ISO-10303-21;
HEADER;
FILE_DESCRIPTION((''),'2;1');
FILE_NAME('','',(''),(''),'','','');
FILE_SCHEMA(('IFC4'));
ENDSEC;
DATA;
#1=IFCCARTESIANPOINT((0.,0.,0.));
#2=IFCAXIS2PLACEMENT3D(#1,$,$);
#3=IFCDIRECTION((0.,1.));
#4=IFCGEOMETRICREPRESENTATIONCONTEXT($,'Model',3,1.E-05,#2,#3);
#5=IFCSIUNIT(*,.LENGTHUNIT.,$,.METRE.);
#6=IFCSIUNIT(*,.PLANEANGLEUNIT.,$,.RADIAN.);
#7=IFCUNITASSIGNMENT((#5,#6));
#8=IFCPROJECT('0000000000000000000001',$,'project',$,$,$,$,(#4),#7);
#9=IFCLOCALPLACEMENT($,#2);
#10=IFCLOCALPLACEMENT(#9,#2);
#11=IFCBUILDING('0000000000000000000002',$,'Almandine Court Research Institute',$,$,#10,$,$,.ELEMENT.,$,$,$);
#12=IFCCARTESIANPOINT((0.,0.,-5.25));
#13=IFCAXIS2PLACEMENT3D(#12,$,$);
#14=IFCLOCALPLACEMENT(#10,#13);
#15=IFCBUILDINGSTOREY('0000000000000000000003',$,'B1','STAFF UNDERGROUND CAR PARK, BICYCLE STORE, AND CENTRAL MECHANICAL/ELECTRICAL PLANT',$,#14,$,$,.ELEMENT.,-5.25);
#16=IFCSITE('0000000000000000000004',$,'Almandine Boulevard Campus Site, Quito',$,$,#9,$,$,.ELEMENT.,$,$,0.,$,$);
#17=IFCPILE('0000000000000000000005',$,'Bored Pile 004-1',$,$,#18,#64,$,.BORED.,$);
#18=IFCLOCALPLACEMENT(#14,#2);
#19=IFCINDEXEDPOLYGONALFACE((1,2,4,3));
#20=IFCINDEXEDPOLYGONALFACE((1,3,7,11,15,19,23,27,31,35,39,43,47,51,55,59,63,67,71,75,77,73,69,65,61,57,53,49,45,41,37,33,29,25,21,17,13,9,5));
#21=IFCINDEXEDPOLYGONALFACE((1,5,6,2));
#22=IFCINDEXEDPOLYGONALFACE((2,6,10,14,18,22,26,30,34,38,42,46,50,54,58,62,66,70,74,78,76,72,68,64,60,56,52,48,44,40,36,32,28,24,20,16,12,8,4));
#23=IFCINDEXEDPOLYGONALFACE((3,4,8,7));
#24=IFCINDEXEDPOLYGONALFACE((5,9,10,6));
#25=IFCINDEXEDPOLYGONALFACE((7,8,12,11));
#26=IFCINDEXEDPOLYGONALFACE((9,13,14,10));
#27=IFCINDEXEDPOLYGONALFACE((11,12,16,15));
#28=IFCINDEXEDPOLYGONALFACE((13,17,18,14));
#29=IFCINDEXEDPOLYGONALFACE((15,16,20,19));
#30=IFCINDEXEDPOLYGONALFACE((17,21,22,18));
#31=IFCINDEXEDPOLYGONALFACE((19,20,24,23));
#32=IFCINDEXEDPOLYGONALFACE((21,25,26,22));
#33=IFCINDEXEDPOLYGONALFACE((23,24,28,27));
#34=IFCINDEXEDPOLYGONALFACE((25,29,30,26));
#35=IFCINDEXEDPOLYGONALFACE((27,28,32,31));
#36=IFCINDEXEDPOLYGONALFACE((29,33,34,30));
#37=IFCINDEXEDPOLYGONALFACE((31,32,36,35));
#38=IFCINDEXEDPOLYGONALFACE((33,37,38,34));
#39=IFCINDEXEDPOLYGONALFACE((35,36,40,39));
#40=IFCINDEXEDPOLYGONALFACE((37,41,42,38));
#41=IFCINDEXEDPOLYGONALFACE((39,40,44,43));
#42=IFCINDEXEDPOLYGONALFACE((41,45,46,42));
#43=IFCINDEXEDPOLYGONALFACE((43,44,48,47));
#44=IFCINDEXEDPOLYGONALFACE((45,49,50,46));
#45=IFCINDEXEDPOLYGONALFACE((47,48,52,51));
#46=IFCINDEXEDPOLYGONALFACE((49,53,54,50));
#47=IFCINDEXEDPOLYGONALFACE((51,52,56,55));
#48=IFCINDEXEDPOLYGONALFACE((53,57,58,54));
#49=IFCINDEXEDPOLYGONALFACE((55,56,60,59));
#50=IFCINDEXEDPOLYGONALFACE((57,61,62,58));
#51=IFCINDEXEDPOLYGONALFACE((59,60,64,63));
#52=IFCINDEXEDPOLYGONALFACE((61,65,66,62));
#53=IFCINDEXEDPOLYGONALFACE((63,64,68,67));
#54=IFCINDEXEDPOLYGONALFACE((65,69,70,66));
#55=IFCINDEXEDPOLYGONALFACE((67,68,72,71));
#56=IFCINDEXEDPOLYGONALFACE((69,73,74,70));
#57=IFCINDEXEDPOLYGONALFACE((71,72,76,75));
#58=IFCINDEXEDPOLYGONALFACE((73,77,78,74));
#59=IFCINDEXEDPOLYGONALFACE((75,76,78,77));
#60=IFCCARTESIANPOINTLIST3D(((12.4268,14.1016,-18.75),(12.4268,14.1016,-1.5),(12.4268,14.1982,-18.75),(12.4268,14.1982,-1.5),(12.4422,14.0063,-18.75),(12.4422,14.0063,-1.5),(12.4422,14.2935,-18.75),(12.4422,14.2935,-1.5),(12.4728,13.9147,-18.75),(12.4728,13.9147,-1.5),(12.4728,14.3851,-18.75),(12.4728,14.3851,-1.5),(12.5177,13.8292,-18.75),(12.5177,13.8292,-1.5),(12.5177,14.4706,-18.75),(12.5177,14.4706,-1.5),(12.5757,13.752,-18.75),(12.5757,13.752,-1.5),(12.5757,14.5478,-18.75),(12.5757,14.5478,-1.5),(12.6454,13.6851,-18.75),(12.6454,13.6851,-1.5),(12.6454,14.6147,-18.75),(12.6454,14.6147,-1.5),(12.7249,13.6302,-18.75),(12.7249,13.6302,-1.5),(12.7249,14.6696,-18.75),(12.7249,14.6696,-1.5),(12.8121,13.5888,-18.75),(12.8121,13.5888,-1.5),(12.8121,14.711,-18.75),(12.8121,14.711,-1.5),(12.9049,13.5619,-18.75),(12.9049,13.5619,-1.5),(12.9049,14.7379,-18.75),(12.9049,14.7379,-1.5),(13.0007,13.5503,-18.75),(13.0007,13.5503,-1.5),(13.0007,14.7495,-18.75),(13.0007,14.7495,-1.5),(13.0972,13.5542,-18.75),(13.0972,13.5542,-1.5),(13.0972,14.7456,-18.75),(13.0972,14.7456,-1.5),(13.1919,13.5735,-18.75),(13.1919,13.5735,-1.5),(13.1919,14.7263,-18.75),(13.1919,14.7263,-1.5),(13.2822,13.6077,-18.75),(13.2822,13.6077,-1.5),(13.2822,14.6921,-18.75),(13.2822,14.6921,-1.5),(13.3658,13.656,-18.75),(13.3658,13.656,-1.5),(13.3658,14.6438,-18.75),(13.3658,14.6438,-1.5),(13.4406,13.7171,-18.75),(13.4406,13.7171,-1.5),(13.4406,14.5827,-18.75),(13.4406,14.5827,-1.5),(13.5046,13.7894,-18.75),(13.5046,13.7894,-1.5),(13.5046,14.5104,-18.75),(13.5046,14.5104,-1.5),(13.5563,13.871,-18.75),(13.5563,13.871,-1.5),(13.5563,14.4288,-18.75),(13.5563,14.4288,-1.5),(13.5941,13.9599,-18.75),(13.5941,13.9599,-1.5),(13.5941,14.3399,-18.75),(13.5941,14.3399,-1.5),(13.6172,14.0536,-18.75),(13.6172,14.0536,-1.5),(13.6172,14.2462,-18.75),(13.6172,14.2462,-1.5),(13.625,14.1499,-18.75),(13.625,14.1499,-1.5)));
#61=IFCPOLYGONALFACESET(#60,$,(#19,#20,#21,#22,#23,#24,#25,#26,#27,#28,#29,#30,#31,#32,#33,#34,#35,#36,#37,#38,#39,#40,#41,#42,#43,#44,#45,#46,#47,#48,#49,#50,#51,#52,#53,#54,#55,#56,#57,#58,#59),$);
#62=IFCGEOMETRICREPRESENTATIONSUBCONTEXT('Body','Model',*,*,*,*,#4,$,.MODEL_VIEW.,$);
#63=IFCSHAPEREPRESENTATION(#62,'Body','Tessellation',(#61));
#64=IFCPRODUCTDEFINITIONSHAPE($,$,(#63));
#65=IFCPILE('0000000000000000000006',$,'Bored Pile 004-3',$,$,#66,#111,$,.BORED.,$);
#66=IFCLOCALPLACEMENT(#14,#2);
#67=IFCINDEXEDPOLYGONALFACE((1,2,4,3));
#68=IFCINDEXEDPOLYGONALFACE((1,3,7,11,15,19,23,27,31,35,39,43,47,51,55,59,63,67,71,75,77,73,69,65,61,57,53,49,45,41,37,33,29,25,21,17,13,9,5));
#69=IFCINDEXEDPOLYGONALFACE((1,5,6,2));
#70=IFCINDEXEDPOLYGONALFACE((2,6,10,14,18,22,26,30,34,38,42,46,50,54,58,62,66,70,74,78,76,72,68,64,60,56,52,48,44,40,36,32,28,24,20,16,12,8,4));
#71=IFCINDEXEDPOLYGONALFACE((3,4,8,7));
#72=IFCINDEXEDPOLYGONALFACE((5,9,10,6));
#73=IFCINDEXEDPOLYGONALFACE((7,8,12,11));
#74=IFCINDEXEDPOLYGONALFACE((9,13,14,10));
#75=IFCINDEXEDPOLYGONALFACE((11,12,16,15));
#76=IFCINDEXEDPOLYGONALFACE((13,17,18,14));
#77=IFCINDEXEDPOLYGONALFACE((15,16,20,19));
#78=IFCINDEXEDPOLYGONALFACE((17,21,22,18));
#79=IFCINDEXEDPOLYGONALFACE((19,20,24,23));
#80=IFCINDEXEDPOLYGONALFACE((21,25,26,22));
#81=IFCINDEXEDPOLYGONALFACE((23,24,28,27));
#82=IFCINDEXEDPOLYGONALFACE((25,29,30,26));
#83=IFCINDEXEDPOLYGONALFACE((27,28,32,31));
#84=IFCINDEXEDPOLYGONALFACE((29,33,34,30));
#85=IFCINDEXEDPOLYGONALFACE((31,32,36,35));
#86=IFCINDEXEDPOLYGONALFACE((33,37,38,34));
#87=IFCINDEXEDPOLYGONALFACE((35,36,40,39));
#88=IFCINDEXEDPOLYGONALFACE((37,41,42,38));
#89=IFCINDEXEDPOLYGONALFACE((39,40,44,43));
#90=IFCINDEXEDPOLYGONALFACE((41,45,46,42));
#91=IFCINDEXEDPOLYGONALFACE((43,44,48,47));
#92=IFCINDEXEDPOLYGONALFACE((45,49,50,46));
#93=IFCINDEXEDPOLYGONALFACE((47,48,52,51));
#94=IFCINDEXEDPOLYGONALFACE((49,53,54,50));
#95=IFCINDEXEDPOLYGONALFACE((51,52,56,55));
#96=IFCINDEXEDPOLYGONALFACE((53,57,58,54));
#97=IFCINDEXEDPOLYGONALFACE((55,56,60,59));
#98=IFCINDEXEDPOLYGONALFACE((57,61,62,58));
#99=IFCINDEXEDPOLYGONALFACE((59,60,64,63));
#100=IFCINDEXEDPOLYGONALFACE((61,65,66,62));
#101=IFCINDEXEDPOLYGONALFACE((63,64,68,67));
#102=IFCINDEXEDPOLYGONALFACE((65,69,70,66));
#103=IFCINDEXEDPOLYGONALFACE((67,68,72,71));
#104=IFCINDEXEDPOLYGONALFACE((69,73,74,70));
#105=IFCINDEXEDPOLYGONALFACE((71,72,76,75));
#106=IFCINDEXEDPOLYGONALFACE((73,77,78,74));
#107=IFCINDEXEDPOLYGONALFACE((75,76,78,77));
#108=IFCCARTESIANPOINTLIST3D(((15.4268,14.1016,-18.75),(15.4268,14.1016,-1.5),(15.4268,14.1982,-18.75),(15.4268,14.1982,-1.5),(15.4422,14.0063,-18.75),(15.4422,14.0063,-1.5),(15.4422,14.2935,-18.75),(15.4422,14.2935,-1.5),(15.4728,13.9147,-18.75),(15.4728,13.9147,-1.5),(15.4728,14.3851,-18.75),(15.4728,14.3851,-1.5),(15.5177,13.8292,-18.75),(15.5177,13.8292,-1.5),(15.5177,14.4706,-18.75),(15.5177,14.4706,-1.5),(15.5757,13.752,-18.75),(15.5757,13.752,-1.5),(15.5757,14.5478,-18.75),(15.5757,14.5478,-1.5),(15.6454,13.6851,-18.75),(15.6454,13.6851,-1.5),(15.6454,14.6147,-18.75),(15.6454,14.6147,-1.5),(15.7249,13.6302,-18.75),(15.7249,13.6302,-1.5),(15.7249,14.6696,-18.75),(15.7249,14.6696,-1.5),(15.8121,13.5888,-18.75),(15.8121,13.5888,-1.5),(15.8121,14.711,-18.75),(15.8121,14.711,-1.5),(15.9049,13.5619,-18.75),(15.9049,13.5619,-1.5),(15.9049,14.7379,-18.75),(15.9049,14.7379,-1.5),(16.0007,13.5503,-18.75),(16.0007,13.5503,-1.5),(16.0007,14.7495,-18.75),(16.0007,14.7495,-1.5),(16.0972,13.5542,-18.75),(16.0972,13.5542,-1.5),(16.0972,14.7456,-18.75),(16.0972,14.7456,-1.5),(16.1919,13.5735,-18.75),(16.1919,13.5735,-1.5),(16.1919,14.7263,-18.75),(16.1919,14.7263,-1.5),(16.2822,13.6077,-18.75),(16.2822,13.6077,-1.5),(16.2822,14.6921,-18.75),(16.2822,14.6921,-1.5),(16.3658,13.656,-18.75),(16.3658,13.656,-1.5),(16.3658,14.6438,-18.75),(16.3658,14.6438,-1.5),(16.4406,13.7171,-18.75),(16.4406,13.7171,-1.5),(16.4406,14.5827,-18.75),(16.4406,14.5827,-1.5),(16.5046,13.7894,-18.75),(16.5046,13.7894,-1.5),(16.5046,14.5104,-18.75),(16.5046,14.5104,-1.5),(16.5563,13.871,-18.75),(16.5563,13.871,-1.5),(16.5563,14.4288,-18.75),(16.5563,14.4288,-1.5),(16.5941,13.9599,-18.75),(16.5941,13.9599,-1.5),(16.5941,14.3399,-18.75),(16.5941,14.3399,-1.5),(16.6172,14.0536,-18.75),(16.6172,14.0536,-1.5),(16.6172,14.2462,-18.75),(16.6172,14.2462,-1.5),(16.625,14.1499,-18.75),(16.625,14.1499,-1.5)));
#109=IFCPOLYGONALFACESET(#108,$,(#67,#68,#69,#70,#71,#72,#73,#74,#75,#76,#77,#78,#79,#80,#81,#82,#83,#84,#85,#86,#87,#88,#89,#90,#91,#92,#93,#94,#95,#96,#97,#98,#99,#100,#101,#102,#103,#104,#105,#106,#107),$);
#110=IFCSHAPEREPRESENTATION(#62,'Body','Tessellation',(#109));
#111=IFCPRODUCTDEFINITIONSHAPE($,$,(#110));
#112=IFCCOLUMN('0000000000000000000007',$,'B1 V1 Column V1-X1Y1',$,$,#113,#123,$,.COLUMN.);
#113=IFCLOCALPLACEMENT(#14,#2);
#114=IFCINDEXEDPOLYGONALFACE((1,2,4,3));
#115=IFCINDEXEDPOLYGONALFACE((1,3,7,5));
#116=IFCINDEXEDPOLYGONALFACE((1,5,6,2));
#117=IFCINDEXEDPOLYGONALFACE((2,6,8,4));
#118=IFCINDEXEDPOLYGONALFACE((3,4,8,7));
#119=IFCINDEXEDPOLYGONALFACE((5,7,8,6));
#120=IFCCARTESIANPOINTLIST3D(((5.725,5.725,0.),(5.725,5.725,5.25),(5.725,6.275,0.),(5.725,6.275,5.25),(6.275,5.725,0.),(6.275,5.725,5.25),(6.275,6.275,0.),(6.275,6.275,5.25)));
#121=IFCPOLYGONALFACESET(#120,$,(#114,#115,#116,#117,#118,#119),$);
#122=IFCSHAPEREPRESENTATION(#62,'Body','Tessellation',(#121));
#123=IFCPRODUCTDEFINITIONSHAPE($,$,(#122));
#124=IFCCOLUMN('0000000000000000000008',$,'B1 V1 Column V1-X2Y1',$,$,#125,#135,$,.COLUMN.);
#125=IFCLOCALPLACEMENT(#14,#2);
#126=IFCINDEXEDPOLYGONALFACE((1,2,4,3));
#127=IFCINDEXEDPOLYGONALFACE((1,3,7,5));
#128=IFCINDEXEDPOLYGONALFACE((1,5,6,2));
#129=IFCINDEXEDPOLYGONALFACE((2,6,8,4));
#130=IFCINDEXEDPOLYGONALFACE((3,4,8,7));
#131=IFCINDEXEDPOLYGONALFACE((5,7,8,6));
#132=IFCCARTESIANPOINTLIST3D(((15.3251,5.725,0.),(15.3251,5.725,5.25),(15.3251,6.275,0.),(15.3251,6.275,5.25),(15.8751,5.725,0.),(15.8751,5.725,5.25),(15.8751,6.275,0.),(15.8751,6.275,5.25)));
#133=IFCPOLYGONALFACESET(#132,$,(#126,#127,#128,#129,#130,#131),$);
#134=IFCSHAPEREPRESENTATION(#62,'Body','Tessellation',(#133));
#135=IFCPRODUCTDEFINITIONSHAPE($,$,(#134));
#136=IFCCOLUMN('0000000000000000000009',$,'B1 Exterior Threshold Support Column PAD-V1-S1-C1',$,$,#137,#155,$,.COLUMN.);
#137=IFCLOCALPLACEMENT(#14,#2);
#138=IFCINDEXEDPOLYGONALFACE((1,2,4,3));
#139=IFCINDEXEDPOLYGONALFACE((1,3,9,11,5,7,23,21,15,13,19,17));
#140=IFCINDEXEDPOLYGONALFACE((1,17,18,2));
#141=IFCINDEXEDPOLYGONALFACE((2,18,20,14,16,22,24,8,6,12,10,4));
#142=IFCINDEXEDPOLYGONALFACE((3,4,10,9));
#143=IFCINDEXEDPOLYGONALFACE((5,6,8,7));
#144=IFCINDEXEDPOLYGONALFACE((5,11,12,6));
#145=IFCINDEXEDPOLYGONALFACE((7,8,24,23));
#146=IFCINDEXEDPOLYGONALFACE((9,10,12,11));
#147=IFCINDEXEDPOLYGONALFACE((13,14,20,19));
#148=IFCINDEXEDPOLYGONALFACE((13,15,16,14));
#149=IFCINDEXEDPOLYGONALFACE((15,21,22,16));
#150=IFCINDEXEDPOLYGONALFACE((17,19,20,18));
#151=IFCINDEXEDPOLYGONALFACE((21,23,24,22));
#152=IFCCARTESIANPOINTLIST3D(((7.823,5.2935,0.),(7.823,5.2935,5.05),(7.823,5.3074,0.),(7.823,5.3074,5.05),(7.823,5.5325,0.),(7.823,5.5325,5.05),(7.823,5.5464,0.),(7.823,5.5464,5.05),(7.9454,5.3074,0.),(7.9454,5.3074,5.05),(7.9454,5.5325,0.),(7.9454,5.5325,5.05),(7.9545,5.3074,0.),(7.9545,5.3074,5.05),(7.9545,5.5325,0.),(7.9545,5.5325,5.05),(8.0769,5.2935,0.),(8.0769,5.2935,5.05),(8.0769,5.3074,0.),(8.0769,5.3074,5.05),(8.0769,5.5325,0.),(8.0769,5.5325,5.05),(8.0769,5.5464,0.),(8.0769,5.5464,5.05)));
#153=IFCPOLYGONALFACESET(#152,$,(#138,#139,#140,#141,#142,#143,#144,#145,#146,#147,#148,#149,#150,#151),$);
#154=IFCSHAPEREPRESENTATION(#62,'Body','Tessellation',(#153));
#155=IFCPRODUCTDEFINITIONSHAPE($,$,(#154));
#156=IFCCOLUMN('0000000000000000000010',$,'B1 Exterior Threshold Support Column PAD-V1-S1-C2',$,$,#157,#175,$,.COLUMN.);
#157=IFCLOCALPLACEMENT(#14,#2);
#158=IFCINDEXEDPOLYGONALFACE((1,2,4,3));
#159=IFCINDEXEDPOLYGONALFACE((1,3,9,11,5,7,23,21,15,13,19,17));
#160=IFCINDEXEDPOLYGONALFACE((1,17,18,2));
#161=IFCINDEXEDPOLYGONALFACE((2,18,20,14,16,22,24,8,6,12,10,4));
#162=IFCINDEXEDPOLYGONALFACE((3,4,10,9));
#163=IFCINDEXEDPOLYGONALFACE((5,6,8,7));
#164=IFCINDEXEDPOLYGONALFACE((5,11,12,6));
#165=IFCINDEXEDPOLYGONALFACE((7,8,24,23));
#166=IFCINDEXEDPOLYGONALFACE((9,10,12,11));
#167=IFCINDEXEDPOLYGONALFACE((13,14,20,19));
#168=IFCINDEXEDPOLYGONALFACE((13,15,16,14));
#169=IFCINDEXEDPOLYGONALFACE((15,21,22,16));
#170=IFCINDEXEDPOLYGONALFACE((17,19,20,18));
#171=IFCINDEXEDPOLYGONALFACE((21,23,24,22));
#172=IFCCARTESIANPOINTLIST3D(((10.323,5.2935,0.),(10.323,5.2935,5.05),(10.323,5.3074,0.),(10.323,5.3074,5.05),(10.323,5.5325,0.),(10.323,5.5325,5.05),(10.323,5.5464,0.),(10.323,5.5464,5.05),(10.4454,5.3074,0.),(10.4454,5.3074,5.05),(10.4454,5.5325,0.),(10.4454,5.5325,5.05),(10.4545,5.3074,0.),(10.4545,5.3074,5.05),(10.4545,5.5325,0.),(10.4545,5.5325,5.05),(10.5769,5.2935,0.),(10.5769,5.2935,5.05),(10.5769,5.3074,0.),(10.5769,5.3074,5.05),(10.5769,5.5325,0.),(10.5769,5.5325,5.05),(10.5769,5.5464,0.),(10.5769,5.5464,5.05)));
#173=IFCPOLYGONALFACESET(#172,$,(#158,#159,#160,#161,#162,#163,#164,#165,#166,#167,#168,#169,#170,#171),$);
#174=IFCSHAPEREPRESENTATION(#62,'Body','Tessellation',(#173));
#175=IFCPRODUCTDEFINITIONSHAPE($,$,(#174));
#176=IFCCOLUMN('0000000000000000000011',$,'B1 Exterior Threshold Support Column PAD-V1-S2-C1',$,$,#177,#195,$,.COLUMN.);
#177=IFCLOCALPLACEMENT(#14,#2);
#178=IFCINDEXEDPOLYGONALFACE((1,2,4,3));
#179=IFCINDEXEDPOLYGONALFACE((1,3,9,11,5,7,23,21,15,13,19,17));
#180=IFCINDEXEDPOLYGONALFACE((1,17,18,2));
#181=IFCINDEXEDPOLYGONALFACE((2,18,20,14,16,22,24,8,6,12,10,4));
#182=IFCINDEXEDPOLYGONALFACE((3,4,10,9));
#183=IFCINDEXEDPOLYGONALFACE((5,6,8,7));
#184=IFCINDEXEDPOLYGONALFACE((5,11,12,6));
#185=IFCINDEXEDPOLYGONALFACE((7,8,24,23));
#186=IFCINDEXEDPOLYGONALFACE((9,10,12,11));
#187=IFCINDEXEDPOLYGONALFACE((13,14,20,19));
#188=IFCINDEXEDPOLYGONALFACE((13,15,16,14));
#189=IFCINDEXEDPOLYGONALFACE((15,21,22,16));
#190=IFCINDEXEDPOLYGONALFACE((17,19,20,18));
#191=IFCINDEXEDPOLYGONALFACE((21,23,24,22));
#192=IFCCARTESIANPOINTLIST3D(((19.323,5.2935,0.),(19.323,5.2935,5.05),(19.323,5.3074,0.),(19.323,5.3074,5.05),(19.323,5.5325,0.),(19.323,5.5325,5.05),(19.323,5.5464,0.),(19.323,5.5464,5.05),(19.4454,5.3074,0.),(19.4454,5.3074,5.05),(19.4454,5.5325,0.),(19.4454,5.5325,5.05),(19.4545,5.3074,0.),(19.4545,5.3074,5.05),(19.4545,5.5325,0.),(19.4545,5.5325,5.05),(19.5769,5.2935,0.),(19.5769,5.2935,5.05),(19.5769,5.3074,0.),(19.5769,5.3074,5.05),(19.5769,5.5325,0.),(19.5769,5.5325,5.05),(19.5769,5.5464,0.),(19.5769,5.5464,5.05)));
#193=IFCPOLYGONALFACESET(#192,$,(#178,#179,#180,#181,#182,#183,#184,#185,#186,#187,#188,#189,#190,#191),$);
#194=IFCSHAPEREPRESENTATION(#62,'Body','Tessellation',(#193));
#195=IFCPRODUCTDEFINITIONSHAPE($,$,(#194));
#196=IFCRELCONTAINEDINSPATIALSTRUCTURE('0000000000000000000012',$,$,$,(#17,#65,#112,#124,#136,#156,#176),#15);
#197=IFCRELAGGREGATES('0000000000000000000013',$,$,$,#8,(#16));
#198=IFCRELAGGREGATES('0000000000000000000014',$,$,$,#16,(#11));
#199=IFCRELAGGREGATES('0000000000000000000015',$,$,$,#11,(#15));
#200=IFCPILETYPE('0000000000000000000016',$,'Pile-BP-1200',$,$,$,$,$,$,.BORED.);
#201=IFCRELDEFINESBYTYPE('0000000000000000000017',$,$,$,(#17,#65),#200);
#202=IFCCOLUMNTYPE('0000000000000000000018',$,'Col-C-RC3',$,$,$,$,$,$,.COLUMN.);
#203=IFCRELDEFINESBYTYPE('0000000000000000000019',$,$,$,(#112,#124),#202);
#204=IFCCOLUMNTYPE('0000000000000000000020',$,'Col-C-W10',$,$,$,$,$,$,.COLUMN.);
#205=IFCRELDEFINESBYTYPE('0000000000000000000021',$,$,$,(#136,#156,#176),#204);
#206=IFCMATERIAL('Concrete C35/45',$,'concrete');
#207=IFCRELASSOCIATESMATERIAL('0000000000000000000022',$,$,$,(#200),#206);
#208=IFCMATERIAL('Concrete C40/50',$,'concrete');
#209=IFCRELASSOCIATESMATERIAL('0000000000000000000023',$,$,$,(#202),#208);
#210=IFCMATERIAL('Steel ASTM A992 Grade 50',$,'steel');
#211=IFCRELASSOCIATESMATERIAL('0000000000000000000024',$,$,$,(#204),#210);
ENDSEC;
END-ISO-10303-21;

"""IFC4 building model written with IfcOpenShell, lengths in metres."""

from ifc_helpers import new_model, si_unit, direction, frame, origin, origin_2d, place, context, subcontext, project, spatial, rectangle, circle, i_section, extrude, material, material_profile, profile_set, type_object, element, save


model = new_model("IFC4")

# Units and contexts
model_context = context("Model", 3, precision=1e-05, world=origin(), true_north=direction((0.0, 1.0)))
body_context = subcontext(model_context, "Body", "Model", "MODEL_VIEW")
ifc_project = project(units=[si_unit("LENGTHUNIT", "METRE"), si_unit("PLANEANGLEUNIT", "RADIAN")], contexts=[model_context])

# Site, building, storey
site_placement = place(None, origin())
site = spatial("IfcSite", under=ifc_project, at=site_placement, Name="Almandine Boulevard Campus Site, Quito", CompositionType="ELEMENT", RefElevation=0.0)
building_placement = place(site_placement, origin())
building = spatial("IfcBuilding", under=site, at=building_placement, Name="Almandine Court Research Institute", CompositionType="ELEMENT")
storey_placement = place(building_placement, frame((0.0, 0.0, -5.25)))
storey = spatial("IfcBuildingStorey", under=building, at=storey_placement, Name="B1", Description="STAFF UNDERGROUND CAR PARK, BICYCLE STORE, AND CENTRAL MECHANICAL/ELECTRICAL PLANT", CompositionType="ELEMENT", Elevation=-5.25)

# Piles
ifc_material_1 = material(Name="Concrete C35/45", Category="concrete")
ifc_material_profile_1 = material_profile(ifc_material_1, circle(Radius=0.6001, at=origin_2d()), Name="BORED PILE D1200")
ifc_profile_set_1 = profile_set([ifc_material_profile_1], Name="Concrete C35/45")
pile_type = type_object("IfcPileType", Name="Pile-BP-1200", PredefinedType="BORED", material=ifc_profile_set_1)
for number, where, z_axis, x_axis, name in (
    (1, (13.0249, 14.1499, -1.5), (0.0, 0.0, -1.0), (1.0, 0.0, 0.0), "Bored Pile 004-1"),
    (2, (16.0249, 14.1499, -1.5), (0.0, 0.0, -1.0), (1.0, 0.0, 0.0), "Bored Pile 004-3"),
):
    element("IfcPile", number, at=place(storey_placement, frame(where, z_axis=z_axis, x_axis=x_axis)), inside=storey, type_object=pile_type, Name=name, PredefinedType="BORED", context=body_context, shape_type="SweptSolid", body=[
        extrude(circle(Radius=0.6001, at=origin_2d()), origin(), (0.0, 0.0, 1.0), 17.25),
    ])

# Columns
ifc_material_2 = material(Name="Concrete C40/50", Category="concrete")
ifc_material_profile_2 = material_profile(ifc_material_2, rectangle(XDim=0.55, YDim=0.55, at=origin_2d()), Name="RC 550x550")
ifc_profile_set_2 = profile_set([ifc_material_profile_2], Name="Concrete C40/50")
column_type_1 = type_object("IfcColumnType", Name="Col-C-RC3", PredefinedType="COLUMN", material=ifc_profile_set_2)
for number, where, z_axis, x_axis, name in (
    (3, (6.0, 6.0, 0.0), (0.0, 0.0, 1.0), (1.0, 0.0, 0.0), "B1 V1 Column V1-X1Y1"),
    (4, (15.6001, 6.0, 0.0), (0.0, 0.0, 1.0), (1.0, 0.0, 0.0), "B1 V1 Column V1-X2Y1"),
):
    element("IfcColumn", number, at=place(storey_placement, frame(where, z_axis=z_axis, x_axis=x_axis)), inside=storey, type_object=column_type_1, Name=name, PredefinedType="COLUMN", context=body_context, shape_type="SweptSolid", body=[
        extrude(rectangle(XDim=0.55, YDim=0.55, at=origin_2d()), origin(), (0.0, 0.0, 1.0), 5.25),
    ])
ifc_material_3 = material(Name="Steel ASTM A992 Grade 50", Category="steel")
ifc_material_profile_3 = material_profile(ifc_material_3, i_section(OverallWidth=0.2539, OverallDepth=0.2529, WebThickness=0.009, FlangeThickness=0.0139, at=origin_2d()), Name="W250x73")
ifc_profile_set_3 = profile_set([ifc_material_profile_3], Name="Steel ASTM A992 Grade 50")
column_type_2 = type_object("IfcColumnType", Name="Col-C-W10", PredefinedType="COLUMN", material=ifc_profile_set_3)
for number, where, z_axis, x_axis, name in (
    (5, (7.95, 5.4199, 0.0), (0.0, 0.0, 1.0), (1.0, 0.0, 0.0), "B1 Exterior Threshold Support Column PAD-V1-S1-C1"),
    (6, (10.45, 5.4199, 0.0), (0.0, 0.0, 1.0), (1.0, 0.0, 0.0), "B1 Exterior Threshold Support Column PAD-V1-S1-C2"),
    (7, (19.45, 5.4199, 0.0), (0.0, 0.0, 1.0), (1.0, 0.0, 0.0), "B1 Exterior Threshold Support Column PAD-V1-S2-C1"),
):
    element("IfcColumn", number, at=place(storey_placement, frame(where, z_axis=z_axis, x_axis=x_axis)), inside=storey, type_object=column_type_2, Name=name, PredefinedType="COLUMN", context=body_context, shape_type="SweptSolid", body=[
        extrude(i_section(OverallWidth=0.2539, OverallDepth=0.2529, WebThickness=0.009, FlangeThickness=0.0139, at=origin_2d()), origin(), (0.0, 0.0, 1.0), 5.05),
    ])

save(model, "model.ifc")
